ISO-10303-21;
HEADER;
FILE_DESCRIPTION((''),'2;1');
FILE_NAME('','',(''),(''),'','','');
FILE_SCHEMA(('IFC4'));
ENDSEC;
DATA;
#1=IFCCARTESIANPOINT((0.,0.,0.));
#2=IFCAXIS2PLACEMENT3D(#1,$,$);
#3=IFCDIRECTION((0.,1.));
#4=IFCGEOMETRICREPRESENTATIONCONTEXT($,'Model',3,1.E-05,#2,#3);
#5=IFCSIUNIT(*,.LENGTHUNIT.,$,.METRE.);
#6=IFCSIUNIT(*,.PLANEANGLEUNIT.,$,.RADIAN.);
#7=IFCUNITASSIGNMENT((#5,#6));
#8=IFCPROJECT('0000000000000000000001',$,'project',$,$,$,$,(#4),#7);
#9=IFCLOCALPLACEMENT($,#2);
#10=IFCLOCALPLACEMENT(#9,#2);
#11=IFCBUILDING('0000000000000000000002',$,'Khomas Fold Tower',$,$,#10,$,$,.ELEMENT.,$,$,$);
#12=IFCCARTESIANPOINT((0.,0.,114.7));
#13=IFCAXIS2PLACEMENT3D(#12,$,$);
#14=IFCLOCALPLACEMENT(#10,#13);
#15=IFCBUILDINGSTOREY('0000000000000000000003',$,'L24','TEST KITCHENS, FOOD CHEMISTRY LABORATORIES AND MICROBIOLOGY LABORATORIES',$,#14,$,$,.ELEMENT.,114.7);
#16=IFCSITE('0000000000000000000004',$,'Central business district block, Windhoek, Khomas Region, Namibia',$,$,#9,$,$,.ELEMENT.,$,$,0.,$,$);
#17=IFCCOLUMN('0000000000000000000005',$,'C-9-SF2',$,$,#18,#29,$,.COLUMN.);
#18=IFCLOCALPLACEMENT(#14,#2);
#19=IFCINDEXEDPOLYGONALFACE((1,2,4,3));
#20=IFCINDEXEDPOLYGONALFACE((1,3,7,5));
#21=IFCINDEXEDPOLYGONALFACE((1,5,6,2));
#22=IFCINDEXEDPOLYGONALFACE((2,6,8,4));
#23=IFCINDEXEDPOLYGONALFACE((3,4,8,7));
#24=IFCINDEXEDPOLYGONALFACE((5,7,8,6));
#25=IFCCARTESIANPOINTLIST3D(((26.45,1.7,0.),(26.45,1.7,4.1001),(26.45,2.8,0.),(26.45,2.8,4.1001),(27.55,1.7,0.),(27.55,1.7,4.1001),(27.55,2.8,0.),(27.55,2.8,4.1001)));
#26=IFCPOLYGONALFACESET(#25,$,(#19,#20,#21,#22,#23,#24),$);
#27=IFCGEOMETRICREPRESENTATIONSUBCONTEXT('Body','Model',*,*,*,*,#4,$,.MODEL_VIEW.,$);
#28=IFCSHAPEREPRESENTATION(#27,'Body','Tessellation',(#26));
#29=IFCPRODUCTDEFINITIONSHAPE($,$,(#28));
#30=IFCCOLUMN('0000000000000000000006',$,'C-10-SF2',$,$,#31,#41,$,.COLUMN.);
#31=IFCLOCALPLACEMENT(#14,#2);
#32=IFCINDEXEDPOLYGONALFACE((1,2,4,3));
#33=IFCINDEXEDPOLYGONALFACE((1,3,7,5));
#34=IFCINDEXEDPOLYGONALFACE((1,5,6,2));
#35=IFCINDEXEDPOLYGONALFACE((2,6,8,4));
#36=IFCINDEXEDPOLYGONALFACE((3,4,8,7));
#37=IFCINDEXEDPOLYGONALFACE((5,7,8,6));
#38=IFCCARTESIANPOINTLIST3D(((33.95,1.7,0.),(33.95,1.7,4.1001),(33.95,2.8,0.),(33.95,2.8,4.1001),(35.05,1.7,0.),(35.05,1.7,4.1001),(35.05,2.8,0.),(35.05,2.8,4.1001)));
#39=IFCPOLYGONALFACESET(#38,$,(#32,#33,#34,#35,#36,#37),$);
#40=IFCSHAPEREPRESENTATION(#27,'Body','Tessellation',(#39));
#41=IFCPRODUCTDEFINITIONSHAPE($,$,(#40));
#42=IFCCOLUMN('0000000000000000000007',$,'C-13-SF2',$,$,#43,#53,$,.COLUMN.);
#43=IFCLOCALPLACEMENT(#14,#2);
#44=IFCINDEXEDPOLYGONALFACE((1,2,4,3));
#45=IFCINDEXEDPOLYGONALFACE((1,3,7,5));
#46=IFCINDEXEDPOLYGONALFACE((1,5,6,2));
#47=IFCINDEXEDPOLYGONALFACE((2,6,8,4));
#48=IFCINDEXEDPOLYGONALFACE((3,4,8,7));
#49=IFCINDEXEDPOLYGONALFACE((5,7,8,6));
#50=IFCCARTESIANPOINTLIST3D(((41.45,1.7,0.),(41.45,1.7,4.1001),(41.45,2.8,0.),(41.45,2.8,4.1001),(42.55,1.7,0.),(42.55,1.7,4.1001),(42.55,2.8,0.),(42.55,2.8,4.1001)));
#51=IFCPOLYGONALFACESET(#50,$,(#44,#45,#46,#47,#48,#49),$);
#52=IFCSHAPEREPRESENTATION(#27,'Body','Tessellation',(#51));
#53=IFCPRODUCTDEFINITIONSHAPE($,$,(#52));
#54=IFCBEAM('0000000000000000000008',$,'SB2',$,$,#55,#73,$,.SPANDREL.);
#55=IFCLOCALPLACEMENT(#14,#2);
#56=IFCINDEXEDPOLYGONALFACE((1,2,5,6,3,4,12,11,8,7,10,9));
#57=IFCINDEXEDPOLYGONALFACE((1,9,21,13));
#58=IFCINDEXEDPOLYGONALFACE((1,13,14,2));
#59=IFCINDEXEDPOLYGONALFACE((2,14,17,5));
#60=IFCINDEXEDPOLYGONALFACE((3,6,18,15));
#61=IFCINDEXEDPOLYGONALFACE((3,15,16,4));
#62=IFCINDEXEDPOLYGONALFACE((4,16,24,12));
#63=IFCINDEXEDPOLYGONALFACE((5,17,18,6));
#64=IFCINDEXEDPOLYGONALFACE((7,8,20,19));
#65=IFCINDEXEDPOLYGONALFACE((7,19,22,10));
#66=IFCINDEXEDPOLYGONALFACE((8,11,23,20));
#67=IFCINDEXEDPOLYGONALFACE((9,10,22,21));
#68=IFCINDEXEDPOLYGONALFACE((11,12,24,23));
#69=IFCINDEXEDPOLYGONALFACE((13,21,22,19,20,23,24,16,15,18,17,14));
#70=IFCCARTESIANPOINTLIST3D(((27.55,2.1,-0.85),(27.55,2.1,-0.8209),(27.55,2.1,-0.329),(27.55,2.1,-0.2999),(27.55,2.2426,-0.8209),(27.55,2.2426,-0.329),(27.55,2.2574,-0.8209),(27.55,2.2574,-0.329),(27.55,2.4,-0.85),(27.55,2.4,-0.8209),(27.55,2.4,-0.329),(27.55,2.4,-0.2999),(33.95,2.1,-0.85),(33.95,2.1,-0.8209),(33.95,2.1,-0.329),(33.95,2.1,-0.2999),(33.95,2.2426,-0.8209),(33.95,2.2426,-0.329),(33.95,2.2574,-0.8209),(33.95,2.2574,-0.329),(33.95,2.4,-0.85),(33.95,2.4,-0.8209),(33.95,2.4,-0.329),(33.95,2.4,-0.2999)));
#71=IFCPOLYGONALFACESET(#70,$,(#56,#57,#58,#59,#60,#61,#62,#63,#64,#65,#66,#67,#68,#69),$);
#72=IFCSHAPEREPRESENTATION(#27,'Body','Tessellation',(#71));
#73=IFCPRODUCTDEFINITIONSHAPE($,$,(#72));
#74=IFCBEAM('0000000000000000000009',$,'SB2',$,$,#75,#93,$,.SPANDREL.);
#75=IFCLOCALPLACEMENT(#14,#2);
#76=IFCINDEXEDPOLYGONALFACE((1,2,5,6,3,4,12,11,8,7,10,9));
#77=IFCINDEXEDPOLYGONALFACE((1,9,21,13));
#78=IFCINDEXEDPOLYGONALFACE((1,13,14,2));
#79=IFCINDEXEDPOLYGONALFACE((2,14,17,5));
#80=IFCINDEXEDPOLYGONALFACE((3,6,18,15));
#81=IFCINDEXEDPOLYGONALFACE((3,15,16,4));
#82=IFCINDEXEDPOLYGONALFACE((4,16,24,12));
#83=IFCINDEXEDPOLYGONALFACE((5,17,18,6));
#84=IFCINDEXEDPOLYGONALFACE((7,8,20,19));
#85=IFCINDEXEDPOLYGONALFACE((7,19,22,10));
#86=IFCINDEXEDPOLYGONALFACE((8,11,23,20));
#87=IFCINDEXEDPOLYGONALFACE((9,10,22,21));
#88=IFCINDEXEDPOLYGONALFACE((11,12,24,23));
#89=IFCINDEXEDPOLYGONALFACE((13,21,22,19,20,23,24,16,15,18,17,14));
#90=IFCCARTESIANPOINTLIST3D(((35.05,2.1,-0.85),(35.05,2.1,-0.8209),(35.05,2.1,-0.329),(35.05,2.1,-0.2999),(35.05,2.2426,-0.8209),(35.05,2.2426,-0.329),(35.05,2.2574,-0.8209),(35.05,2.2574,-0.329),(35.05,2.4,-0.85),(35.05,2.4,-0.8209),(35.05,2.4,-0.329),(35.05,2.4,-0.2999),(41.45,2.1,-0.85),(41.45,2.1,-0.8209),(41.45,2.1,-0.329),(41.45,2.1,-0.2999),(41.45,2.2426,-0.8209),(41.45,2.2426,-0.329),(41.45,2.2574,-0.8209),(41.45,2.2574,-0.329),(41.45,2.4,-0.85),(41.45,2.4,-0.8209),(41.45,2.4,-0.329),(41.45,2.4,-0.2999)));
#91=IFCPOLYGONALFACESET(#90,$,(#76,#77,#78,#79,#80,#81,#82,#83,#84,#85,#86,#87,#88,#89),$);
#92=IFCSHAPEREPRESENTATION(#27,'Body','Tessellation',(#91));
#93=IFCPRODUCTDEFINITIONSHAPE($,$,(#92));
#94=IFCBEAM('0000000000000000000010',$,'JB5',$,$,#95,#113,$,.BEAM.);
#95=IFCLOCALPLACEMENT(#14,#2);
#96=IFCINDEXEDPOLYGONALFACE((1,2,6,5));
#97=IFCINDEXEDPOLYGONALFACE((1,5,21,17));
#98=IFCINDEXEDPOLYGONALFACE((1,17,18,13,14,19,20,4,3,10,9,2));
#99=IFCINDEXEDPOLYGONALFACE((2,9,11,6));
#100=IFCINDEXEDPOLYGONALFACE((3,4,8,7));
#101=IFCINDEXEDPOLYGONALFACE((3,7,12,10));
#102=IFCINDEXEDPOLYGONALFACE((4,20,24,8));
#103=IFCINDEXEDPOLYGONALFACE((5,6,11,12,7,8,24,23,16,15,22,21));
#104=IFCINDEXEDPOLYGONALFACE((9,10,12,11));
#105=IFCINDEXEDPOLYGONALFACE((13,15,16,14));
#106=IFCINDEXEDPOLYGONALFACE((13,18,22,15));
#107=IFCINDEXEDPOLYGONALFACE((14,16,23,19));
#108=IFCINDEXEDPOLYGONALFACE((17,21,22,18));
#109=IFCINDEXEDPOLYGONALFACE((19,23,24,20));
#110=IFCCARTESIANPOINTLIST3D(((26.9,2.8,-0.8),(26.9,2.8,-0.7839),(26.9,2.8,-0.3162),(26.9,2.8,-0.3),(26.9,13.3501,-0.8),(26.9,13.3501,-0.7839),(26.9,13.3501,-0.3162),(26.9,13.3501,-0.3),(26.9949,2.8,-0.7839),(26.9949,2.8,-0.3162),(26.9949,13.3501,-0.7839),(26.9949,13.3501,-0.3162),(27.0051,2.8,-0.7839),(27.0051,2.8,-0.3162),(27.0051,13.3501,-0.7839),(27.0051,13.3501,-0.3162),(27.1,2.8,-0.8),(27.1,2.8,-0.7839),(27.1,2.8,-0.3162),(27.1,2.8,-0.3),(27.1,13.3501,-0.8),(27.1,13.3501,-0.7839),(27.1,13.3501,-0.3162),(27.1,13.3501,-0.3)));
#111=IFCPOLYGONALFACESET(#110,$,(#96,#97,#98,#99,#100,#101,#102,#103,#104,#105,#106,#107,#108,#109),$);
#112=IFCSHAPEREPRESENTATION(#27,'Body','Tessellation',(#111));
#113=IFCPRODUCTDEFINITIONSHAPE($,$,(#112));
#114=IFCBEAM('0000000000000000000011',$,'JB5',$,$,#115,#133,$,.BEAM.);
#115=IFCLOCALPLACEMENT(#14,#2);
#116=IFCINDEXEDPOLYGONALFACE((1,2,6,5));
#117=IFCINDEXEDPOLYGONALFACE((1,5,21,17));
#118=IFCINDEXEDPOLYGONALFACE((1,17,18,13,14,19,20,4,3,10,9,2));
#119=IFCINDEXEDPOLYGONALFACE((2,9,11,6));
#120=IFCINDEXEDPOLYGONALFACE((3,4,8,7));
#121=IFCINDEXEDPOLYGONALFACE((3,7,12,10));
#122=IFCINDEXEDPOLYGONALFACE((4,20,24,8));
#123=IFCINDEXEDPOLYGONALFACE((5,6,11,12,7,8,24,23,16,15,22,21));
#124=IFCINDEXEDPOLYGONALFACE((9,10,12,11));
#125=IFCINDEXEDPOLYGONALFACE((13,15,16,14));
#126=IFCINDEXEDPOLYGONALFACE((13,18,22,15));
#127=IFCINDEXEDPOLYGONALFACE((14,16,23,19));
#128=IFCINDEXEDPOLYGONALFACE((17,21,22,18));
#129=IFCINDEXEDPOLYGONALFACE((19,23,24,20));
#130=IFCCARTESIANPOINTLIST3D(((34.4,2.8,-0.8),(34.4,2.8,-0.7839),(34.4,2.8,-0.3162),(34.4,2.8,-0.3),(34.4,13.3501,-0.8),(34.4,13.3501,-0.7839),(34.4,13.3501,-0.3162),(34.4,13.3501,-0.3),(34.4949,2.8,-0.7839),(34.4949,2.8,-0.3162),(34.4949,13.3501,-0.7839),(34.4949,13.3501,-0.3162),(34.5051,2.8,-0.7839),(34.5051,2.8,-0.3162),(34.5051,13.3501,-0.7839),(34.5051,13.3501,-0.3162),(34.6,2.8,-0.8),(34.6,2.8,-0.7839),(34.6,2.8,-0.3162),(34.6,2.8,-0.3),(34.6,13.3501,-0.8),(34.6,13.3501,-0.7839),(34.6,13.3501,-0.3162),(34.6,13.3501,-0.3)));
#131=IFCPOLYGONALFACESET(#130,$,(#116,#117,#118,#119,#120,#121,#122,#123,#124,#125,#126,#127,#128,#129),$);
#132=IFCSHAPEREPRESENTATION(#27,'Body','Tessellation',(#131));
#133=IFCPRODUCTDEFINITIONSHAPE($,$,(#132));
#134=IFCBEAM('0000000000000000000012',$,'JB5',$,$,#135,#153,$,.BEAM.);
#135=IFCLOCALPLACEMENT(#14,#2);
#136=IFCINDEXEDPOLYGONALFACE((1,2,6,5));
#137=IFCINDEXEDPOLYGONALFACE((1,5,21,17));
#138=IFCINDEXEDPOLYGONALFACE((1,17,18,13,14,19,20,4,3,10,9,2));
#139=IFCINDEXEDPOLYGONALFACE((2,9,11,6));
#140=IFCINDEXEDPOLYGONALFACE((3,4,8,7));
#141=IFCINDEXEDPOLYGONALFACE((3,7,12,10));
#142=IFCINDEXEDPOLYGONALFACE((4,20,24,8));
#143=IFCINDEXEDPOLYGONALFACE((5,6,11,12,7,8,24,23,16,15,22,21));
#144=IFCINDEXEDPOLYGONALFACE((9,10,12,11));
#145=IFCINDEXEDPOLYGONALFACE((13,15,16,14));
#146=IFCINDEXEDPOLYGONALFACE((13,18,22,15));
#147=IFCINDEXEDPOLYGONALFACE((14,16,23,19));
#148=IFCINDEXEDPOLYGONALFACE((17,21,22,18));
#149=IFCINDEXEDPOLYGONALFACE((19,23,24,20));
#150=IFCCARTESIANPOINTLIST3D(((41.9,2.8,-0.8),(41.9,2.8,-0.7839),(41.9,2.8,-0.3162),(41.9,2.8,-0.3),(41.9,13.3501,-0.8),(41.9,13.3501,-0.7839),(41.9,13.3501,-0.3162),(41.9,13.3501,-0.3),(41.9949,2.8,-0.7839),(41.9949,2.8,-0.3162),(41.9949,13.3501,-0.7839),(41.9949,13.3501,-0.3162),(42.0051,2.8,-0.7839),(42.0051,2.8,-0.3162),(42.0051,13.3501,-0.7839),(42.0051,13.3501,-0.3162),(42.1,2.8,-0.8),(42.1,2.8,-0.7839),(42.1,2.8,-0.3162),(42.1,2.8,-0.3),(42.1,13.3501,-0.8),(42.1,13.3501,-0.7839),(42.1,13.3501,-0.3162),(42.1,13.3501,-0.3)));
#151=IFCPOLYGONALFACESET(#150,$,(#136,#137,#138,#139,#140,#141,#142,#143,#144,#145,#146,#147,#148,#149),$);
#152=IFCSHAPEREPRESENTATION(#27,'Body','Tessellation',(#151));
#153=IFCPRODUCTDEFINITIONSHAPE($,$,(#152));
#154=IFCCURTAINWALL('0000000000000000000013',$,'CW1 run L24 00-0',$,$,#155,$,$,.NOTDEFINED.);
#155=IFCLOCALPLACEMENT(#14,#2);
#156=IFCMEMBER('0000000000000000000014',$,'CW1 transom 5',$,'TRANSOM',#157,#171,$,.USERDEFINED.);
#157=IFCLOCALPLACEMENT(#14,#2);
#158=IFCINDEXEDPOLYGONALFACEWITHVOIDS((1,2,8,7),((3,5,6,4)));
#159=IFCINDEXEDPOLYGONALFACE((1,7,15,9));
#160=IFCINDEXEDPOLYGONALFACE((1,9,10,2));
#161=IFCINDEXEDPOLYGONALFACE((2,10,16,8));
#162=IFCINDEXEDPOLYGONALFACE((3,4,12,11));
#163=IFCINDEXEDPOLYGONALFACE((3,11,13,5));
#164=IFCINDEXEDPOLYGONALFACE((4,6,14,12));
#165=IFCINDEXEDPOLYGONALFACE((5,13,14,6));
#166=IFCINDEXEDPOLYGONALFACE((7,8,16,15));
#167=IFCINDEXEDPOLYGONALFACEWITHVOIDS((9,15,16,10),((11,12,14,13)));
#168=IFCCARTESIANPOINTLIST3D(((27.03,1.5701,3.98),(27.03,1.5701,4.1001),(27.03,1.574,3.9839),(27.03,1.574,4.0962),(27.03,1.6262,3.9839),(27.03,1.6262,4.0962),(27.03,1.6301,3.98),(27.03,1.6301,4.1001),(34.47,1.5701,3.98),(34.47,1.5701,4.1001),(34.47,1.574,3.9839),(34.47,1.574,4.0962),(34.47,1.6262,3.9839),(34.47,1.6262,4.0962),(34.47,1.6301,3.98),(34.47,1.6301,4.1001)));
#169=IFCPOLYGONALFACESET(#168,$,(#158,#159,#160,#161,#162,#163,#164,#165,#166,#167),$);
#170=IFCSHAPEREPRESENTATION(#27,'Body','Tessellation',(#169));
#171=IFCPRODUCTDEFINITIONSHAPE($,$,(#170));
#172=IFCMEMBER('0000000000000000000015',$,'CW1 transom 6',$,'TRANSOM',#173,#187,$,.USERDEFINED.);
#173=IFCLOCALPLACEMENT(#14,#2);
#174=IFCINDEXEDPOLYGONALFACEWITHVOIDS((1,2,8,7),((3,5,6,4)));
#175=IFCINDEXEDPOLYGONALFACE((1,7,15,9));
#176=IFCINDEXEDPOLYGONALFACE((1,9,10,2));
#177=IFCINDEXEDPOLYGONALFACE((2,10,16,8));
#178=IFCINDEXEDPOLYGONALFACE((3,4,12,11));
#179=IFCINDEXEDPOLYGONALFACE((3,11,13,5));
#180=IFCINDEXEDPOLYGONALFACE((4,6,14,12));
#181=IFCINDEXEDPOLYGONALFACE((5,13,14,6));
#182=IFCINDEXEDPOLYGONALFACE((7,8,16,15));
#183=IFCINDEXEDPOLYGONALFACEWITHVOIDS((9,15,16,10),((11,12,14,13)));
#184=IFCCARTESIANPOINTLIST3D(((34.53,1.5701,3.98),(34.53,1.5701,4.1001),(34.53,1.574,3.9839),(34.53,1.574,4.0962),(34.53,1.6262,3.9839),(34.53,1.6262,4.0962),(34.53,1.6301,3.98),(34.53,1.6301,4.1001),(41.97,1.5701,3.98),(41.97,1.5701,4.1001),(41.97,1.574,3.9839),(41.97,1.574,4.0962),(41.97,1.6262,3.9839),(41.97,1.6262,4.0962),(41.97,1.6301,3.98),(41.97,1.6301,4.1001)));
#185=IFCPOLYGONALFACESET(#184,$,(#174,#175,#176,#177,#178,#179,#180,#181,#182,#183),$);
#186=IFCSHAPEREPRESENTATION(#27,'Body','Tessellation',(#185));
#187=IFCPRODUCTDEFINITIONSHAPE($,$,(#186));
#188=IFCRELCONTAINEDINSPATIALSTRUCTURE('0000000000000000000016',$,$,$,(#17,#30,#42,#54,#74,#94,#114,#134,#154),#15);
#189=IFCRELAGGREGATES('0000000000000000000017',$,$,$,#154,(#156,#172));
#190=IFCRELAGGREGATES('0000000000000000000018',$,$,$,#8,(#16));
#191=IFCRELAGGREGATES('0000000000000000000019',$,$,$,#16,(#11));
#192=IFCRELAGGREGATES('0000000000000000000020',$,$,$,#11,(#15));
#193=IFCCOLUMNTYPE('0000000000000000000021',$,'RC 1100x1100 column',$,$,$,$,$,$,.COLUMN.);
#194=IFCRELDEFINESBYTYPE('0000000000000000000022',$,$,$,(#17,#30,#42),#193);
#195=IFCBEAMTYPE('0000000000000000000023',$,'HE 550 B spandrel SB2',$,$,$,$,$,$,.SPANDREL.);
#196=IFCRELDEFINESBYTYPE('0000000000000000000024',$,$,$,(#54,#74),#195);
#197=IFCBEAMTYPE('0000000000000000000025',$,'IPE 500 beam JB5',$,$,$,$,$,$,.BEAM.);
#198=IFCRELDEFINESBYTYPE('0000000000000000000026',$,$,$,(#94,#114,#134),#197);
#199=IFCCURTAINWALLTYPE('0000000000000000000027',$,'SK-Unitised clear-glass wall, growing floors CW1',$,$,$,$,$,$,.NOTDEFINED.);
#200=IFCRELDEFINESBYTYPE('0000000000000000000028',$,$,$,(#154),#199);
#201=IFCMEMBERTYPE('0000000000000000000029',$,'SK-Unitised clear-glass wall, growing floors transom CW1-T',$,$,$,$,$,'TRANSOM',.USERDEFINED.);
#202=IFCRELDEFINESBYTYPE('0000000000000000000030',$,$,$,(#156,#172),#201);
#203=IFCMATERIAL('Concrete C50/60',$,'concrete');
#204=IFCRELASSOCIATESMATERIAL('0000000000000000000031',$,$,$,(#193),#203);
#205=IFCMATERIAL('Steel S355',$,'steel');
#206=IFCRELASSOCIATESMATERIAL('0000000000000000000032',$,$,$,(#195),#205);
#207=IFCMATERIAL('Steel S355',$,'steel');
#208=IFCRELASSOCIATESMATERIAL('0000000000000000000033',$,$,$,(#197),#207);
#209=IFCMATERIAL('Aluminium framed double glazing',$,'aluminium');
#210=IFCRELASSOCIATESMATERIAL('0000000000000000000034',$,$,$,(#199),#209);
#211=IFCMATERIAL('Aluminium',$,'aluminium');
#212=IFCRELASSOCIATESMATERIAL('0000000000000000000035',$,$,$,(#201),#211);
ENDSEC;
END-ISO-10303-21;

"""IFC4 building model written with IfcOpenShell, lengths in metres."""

from ifc_helpers import new_model, si_unit, direction, frame, origin, origin_2d, place, context, subcontext, project, spatial, rectangle, hollow_rectangle, i_section, extrude, source, transform, mapped, material, material_profile, profile_set, type_object, element, aggregate, save


model = new_model("IFC4")

# Units and contexts
model_context = context("Model", 3, precision=1e-05, world=origin(), true_north=direction((0.0, 1.0)))
body_context = subcontext(model_context, "Body", "Model", "MODEL_VIEW")
ifc_project = project(units=[si_unit("LENGTHUNIT", "METRE"), si_unit("PLANEANGLEUNIT", "RADIAN")], contexts=[model_context])

# Site, building, storey
site_placement = place(None, origin())
site = spatial("IfcSite", under=ifc_project, at=site_placement, Name="Central business district block, Windhoek, Khomas Region, Namibia", CompositionType="ELEMENT", RefElevation=0.0)
building_placement = place(site_placement, origin())
building = spatial("IfcBuilding", under=site, at=building_placement, Name="Khomas Fold Tower", CompositionType="ELEMENT")
storey_placement = place(building_placement, frame((0.0, 0.0, 114.7)))
storey = spatial("IfcBuildingStorey", under=building, at=storey_placement, Name="L24", Description="TEST KITCHENS, FOOD CHEMISTRY LABORATORIES AND MICROBIOLOGY LABORATORIES", CompositionType="ELEMENT", Elevation=114.7)

# Columns
ifc_material_1 = material(Name="Concrete C50/60", Category="concrete")
ifc_material_profile_1 = material_profile(ifc_material_1, rectangle(XDim=1.1001, YDim=1.1001, at=origin_2d()), Name="RC 1100x1100")
ifc_profile_set_1 = profile_set([ifc_material_profile_1], Name="Concrete C50/60")
column_type = type_object("IfcColumnType", Name="RC 1100x1100 column", PredefinedType="COLUMN", material=ifc_profile_set_1)
shared_shape_1 = source(origin(), body_context, "Body", "SweptSolid", [
    extrude(rectangle(XDim=1.1001, YDim=1.1001, at=origin_2d()), origin(), (0.0, 0.0, 1.0), 4.1001),
])
for number, where, z_axis, x_axis, name in (
    (1, (27.0, 2.25, 0.0), (0.0, 0.0, 1.0), (1.0, 0.0, 0.0), "C-9-SF2"),
    (2, (34.5, 2.25, 0.0), (0.0, 0.0, 1.0), (1.0, 0.0, 0.0), "C-10-SF2"),
    (3, (42.0, 2.25, 0.0), (0.0, 0.0, 1.0), (1.0, 0.0, 0.0), "C-13-SF2"),
):
    element("IfcColumn", number, at=place(storey_placement, frame(where, z_axis=z_axis, x_axis=x_axis)), inside=storey, type_object=column_type, Name=name, PredefinedType="COLUMN", context=body_context, shape_type="MappedRepresentation", body=[
        mapped(shared_shape_1, transform((0.0, 0.0, 0.0))),
    ])

# Beams
ifc_material_2 = material(Name="Steel S355", Category="steel")
ifc_material_profile_2 = material_profile(ifc_material_2, i_section(OverallWidth=0.3, OverallDepth=0.55, WebThickness=0.0149, FlangeThickness=0.0291, at=origin_2d()), Name="HE 550 B")
ifc_profile_set_2 = profile_set([ifc_material_profile_2], Name="Steel S355")
beam_type_1 = type_object("IfcBeamType", Name="HE 550 B spandrel SB2", PredefinedType="SPANDREL", material=ifc_profile_set_2)
shared_shape_2 = source(origin(), body_context, "Body", "SweptSolid", [
    extrude(i_section(OverallWidth=0.3, OverallDepth=0.55, WebThickness=0.0149, FlangeThickness=0.0291, at=origin_2d()), origin(), (0.0, 0.0, 1.0), 6.3999),
])
for number, where, z_axis, x_axis, name in (
    (4, (27.55, 2.25, -0.575), (1.0, 0.0, 0.0), (0.0, 1.0, 0.0), "SB2"),
    (5, (35.05, 2.25, -0.575), (1.0, 0.0, 0.0), (0.0, 1.0, 0.0), "SB2"),
):
    element("IfcBeam", number, at=place(storey_placement, frame(where, z_axis=z_axis, x_axis=x_axis)), inside=storey, type_object=beam_type_1, Name=name, PredefinedType="SPANDREL", context=body_context, shape_type="MappedRepresentation", body=[
        mapped(shared_shape_2, transform((0.0, 0.0, 0.0))),
    ])
ifc_material_3 = material(Name="Steel S355", Category="steel")
ifc_material_profile_3 = material_profile(ifc_material_3, i_section(OverallWidth=0.2, OverallDepth=0.5, WebThickness=0.0103, FlangeThickness=0.0161, at=origin_2d()), Name="IPE 500")
ifc_profile_set_3 = profile_set([ifc_material_profile_3], Name="Steel S355")
beam_type_2 = type_object("IfcBeamType", Name="IPE 500 beam JB5", PredefinedType="BEAM", material=ifc_profile_set_3)
shared_shape_3 = source(origin(), body_context, "Body", "SweptSolid", [
    extrude(i_section(OverallWidth=0.2, OverallDepth=0.5, WebThickness=0.0103, FlangeThickness=0.0161, at=origin_2d()), origin(), (0.0, 0.0, 1.0), 10.55),
])
for number, where, z_axis, x_axis, name in (
    (6, (27.0, 2.8, -0.55), (0.0, 1.0, 0.0), (-1.0, 0.0, 0.0), "JB5"),
    (7, (34.5, 2.8, -0.55), (0.0, 1.0, 0.0), (-1.0, 0.0, 0.0), "JB5"),
    (8, (42.0, 2.8, -0.55), (0.0, 1.0, 0.0), (-1.0, 0.0, 0.0), "JB5"),
):
    element("IfcBeam", number, at=place(storey_placement, frame(where, z_axis=z_axis, x_axis=x_axis)), inside=storey, type_object=beam_type_2, Name=name, PredefinedType="BEAM", context=body_context, shape_type="MappedRepresentation", body=[
        mapped(shared_shape_3, transform((0.0, 0.0, 0.0))),
    ])

# Curtain wall, members
ifc_material_4 = material(Name="Aluminium framed double glazing", Category="aluminium")
curtain_wall_type = type_object("IfcCurtainWallType", Name="SK-Unitised clear-glass wall, growing floors CW1", PredefinedType="NOTDEFINED", material=ifc_material_4)
curtain_wall_placement = place(storey_placement, origin())
curtain_wall = element("IfcCurtainWall", 9, at=curtain_wall_placement, inside=storey, type_object=curtain_wall_type, Name="CW1 run L24 00-0", PredefinedType="NOTDEFINED")
ifc_material_5 = material(Name="Aluminium", Category="aluminium")
ifc_material_profile_4 = material_profile(ifc_material_5, hollow_rectangle(XDim=0.0601, YDim=0.1201, WallThickness=0.0039, at=origin_2d()), Name="SK-Unitised clear-glass wall, growing floors transom CW1-T")
ifc_profile_set_4 = profile_set([ifc_material_profile_4], Name="Aluminium")
member_type_1 = type_object("IfcMemberType", Name="SK-Unitised clear-glass wall, growing floors transom CW1-T", ElementType="TRANSOM", PredefinedType="USERDEFINED", material=ifc_profile_set_4)
shared_shape_4 = source(origin(), body_context, "Body", "SweptSolid", [
    extrude(hollow_rectangle(XDim=0.0601, YDim=0.1201, WallThickness=0.0039, at=origin_2d()), origin(), (0.0, 0.0, 1.0), 7.4399),
])
member_1_placement = place(storey_placement, frame((27.03, 1.6001, 4.04), z_axis=(1.0, 0.0, 0.0), x_axis=(0.0, 1.0, 0.0)))
member_1 = element("IfcMember", 10, at=member_1_placement, type_object=member_type_1, Name="CW1 transom 5", ObjectType="TRANSOM", PredefinedType="USERDEFINED", context=body_context, shape_type="MappedRepresentation", body=[
    mapped(shared_shape_4, transform((0.0, 0.0, 0.0))),
])
member_2_placement = place(storey_placement, frame((34.53, 1.6001, 4.04), z_axis=(1.0, 0.0, 0.0), x_axis=(0.0, 1.0, 0.0)))
member_2 = element("IfcMember", 11, at=member_2_placement, type_object=member_type_1, Name="CW1 transom 6", ObjectType="TRANSOM", PredefinedType="USERDEFINED", context=body_context, shape_type="MappedRepresentation", body=[
    mapped(shared_shape_4, transform((0.0, 0.0, 0.0))),
])

aggregate(curtain_wall, [member_1, member_2])

save(model, "model.ifc")
